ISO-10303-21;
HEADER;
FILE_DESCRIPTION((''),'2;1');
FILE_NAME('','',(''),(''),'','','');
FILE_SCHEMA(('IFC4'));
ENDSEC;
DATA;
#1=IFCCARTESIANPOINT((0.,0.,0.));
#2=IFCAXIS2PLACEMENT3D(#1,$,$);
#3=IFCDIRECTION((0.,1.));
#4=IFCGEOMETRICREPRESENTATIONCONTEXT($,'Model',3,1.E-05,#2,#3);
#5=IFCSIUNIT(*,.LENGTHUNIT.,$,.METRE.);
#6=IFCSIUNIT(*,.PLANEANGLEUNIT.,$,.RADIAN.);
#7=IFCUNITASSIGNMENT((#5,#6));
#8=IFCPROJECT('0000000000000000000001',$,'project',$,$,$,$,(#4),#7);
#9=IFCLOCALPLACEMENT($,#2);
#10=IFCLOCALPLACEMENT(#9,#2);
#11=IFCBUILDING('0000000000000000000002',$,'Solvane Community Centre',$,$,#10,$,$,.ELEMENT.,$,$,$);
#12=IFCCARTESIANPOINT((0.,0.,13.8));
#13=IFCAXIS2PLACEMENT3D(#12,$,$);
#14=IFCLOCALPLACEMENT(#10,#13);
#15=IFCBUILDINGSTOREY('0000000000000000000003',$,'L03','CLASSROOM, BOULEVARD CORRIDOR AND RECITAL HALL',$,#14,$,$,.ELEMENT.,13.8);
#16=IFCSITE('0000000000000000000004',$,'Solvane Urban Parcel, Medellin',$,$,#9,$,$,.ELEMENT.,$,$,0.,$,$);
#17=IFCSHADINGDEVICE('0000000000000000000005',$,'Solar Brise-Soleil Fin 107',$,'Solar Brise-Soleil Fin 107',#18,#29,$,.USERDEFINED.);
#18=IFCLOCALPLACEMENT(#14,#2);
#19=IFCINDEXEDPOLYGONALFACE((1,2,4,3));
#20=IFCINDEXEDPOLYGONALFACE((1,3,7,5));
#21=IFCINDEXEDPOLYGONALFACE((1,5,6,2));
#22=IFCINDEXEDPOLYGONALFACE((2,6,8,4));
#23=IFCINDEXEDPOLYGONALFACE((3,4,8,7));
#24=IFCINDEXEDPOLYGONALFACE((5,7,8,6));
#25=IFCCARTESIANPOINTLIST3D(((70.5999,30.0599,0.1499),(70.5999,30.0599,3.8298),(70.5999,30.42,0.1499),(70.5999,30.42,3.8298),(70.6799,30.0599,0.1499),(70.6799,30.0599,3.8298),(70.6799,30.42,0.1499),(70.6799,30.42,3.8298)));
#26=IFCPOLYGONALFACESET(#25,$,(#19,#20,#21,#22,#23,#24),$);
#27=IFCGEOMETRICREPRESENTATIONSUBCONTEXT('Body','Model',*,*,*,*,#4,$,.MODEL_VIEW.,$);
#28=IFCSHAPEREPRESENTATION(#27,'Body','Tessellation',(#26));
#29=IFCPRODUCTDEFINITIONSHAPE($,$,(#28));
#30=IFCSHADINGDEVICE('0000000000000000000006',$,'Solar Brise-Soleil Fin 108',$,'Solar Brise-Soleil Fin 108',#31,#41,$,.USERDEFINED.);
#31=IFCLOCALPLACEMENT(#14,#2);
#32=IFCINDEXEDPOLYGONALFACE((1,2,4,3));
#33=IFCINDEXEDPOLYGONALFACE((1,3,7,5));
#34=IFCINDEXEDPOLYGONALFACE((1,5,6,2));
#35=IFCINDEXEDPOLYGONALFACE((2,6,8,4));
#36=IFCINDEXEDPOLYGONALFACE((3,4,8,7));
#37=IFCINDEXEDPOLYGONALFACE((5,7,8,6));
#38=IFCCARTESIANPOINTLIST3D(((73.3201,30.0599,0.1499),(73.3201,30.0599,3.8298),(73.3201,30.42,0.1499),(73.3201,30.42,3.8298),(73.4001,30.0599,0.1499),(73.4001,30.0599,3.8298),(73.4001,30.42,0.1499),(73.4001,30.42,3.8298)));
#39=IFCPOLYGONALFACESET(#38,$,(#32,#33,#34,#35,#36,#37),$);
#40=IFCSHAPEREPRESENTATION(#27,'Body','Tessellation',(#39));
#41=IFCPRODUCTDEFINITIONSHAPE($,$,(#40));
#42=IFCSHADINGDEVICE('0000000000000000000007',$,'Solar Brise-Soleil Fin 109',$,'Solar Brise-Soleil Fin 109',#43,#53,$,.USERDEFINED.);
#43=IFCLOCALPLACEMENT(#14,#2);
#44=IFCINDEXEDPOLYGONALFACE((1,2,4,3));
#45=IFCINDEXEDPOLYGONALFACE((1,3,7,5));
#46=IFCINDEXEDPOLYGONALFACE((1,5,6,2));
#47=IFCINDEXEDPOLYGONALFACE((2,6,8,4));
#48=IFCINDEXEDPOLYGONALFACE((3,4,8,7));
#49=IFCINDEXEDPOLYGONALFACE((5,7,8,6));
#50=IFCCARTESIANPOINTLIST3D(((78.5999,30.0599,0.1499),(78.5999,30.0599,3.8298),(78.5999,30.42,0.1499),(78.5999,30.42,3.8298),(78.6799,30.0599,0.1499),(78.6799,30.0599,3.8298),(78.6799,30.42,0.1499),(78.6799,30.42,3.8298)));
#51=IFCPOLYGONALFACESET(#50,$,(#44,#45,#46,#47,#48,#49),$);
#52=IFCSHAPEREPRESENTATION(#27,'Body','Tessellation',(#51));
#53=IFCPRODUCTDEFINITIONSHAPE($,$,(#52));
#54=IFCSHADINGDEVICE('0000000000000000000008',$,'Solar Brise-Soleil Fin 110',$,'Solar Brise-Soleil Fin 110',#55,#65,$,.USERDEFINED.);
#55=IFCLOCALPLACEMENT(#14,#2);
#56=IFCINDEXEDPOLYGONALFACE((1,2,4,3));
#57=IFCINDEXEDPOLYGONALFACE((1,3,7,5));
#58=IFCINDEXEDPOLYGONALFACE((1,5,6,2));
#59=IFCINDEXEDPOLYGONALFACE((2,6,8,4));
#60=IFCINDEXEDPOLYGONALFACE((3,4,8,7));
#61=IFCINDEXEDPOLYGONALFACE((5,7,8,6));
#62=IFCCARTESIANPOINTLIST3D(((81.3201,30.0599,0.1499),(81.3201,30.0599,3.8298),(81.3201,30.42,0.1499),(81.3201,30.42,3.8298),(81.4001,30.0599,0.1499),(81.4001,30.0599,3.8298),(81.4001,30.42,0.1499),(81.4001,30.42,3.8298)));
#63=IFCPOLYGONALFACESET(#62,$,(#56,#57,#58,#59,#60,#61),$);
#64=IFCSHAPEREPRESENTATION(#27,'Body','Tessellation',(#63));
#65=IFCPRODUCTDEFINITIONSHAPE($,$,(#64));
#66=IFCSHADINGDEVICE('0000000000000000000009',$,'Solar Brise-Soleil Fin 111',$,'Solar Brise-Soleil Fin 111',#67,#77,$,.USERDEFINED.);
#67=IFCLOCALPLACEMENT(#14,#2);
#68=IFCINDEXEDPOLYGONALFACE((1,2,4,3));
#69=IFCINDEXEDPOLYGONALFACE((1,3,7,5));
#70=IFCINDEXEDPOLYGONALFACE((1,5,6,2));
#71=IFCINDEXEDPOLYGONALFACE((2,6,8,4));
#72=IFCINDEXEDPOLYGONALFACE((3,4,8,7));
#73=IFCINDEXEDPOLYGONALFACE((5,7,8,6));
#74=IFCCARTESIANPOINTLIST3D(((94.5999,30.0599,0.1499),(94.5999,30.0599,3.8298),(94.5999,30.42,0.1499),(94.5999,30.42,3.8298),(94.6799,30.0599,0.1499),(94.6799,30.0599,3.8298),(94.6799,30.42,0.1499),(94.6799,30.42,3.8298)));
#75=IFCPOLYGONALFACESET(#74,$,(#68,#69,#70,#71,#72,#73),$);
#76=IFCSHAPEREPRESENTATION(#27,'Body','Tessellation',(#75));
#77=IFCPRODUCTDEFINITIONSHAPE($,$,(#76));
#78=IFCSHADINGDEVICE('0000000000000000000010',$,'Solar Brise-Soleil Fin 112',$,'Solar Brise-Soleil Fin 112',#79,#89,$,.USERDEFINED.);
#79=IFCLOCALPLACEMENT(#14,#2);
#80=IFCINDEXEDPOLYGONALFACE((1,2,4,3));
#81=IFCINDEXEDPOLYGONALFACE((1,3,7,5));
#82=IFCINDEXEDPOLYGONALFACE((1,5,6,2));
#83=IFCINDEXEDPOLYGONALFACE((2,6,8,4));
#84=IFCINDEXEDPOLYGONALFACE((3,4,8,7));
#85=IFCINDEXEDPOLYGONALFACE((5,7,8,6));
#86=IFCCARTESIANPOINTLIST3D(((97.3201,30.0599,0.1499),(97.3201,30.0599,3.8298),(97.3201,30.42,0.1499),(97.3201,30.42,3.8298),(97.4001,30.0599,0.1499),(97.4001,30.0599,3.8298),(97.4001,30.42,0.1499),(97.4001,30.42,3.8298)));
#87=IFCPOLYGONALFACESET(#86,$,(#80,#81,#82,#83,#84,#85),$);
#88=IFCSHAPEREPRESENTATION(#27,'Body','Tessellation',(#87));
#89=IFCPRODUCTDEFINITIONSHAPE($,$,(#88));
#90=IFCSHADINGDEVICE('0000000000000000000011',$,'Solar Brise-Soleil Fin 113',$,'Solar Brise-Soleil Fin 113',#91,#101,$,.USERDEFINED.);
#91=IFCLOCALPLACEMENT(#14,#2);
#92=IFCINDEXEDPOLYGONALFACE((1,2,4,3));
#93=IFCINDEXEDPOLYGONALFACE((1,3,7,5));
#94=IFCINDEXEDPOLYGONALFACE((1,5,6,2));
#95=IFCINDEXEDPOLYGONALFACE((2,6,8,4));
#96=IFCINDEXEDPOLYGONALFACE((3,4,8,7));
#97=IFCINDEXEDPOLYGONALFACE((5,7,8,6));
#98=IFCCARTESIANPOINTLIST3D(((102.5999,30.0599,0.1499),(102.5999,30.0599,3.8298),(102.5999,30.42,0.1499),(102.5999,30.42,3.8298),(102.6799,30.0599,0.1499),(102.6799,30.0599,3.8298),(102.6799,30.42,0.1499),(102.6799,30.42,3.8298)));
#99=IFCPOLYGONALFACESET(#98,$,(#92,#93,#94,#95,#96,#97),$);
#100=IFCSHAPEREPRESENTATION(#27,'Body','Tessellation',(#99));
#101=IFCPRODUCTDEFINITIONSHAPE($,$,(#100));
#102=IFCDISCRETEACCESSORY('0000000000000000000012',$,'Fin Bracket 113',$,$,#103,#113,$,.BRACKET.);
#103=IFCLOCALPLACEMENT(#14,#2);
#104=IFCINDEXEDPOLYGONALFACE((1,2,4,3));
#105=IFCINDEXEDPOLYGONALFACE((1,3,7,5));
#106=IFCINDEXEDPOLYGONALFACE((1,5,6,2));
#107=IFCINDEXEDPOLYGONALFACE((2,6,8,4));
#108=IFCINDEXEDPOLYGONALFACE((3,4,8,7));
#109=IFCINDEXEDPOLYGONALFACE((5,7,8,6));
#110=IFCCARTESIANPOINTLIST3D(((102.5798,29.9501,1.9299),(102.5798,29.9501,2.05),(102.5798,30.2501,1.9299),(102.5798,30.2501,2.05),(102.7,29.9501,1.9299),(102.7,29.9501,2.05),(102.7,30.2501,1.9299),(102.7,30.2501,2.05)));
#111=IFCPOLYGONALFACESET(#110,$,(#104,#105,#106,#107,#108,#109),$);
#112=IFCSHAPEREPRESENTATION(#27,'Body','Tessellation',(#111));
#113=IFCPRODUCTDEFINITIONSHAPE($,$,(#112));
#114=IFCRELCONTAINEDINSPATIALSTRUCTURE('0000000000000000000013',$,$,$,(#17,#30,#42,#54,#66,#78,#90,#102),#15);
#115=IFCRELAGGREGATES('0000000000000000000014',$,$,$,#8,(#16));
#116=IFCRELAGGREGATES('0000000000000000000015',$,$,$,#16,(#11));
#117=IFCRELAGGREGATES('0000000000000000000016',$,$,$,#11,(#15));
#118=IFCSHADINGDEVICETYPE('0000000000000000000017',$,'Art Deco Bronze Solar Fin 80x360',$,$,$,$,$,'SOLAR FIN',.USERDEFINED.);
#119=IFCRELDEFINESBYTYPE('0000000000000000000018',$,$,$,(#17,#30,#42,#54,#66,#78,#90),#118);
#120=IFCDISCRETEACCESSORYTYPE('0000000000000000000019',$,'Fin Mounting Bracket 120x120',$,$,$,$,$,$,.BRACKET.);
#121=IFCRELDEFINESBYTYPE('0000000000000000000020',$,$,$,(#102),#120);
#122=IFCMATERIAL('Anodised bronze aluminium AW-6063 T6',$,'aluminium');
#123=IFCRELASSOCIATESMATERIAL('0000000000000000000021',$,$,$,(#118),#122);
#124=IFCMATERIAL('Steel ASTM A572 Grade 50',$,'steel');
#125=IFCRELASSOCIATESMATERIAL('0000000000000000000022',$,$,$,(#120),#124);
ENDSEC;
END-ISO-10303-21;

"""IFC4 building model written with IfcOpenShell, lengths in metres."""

from ifc_helpers import new_model, si_unit, direction, frame, origin, origin_2d, place, context, subcontext, project, spatial, rectangle, extrude, material, type_object, element, save


model = new_model("IFC4")

# Units and contexts
model_context = context("Model", 3, precision=1e-05, world=origin(), true_north=direction((0.0, 1.0)))
body_context = subcontext(model_context, "Body", "Model", "MODEL_VIEW")
ifc_project = project(units=[si_unit("LENGTHUNIT", "METRE"), si_unit("PLANEANGLEUNIT", "RADIAN")], contexts=[model_context])

# Site, building, storey
site_placement = place(None, origin())
site = spatial("IfcSite", under=ifc_project, at=site_placement, Name="Solvane Urban Parcel, Medellin", CompositionType="ELEMENT", RefElevation=0.0)
building_placement = place(site_placement, origin())
building = spatial("IfcBuilding", under=site, at=building_placement, Name="Solvane Community Centre", CompositionType="ELEMENT")
storey_placement = place(building_placement, frame((0.0, 0.0, 13.8)))
storey = spatial("IfcBuildingStorey", under=building, at=storey_placement, Name="L03", Description="CLASSROOM, BOULEVARD CORRIDOR AND RECITAL HALL", CompositionType="ELEMENT", Elevation=13.8)

# Shared definitions
ifc_material_1 = material(Name="Anodised bronze aluminium AW-6063 T6", Category="aluminium")

# Shading devices
shading_device_type = type_object("IfcShadingDeviceType", Name="Art Deco Bronze Solar Fin 80x360", ElementType="SOLAR FIN", PredefinedType="USERDEFINED", material=ifc_material_1)
shading_device_1_placement = place(storey_placement, frame((70.6399, 30.24, 0.1499), z_axis=(0.0, 0.0, 1.0), x_axis=(1.0, 0.0, 0.0)))
element("IfcShadingDevice", 1, at=shading_device_1_placement, inside=storey, type_object=shading_device_type, Name="Solar Brise-Soleil Fin 107", ObjectType="Solar Brise-Soleil Fin 107", PredefinedType="USERDEFINED", context=body_context, shape_type="SweptSolid", body=[
    extrude(rectangle(XDim=0.0801, YDim=0.3601, at=origin_2d()), origin(), (0.0, 0.0, 1.0), 3.6799),
])
shading_device_2_placement = place(storey_placement, frame((73.3601, 30.24, 0.1499), z_axis=(0.0, 0.0, 1.0), x_axis=(1.0, 0.0, 0.0)))
element("IfcShadingDevice", 2, at=shading_device_2_placement, inside=storey, type_object=shading_device_type, Name="Solar Brise-Soleil Fin 108", ObjectType="Solar Brise-Soleil Fin 108", PredefinedType="USERDEFINED", context=body_context, shape_type="SweptSolid", body=[
    extrude(rectangle(XDim=0.0801, YDim=0.3601, at=origin_2d()), origin(), (0.0, 0.0, 1.0), 3.6799),
])
shading_device_3_placement = place(storey_placement, frame((78.6399, 30.24, 0.1499), z_axis=(0.0, 0.0, 1.0), x_axis=(1.0, 0.0, 0.0)))
element("IfcShadingDevice", 3, at=shading_device_3_placement, inside=storey, type_object=shading_device_type, Name="Solar Brise-Soleil Fin 109", ObjectType="Solar Brise-Soleil Fin 109", PredefinedType="USERDEFINED", context=body_context, shape_type="SweptSolid", body=[
    extrude(rectangle(XDim=0.0801, YDim=0.3601, at=origin_2d()), origin(), (0.0, 0.0, 1.0), 3.6799),
])
shading_device_4_placement = place(storey_placement, frame((81.3601, 30.24, 0.1499), z_axis=(0.0, 0.0, 1.0), x_axis=(1.0, 0.0, 0.0)))
element("IfcShadingDevice", 4, at=shading_device_4_placement, inside=storey, type_object=shading_device_type, Name="Solar Brise-Soleil Fin 110", ObjectType="Solar Brise-Soleil Fin 110", PredefinedType="USERDEFINED", context=body_context, shape_type="SweptSolid", body=[
    extrude(rectangle(XDim=0.0801, YDim=0.3601, at=origin_2d()), origin(), (0.0, 0.0, 1.0), 3.6799),
])
shading_device_5_placement = place(storey_placement, frame((94.6399, 30.24, 0.1499), z_axis=(0.0, 0.0, 1.0), x_axis=(1.0, 0.0, 0.0)))
element("IfcShadingDevice", 5, at=shading_device_5_placement, inside=storey, type_object=shading_device_type, Name="Solar Brise-Soleil Fin 111", ObjectType="Solar Brise-Soleil Fin 111", PredefinedType="USERDEFINED", context=body_context, shape_type="SweptSolid", body=[
    extrude(rectangle(XDim=0.0801, YDim=0.3601, at=origin_2d()), origin(), (0.0, 0.0, 1.0), 3.6799),
])
shading_device_6_placement = place(storey_placement, frame((97.3601, 30.24, 0.1499), z_axis=(0.0, 0.0, 1.0), x_axis=(1.0, 0.0, 0.0)))
element("IfcShadingDevice", 6, at=shading_device_6_placement, inside=storey, type_object=shading_device_type, Name="Solar Brise-Soleil Fin 112", ObjectType="Solar Brise-Soleil Fin 112", PredefinedType="USERDEFINED", context=body_context, shape_type="SweptSolid", body=[
    extrude(rectangle(XDim=0.0801, YDim=0.3601, at=origin_2d()), origin(), (0.0, 0.0, 1.0), 3.6799),
])
shading_device_7_placement = place(storey_placement, frame((102.6399, 30.24, 0.1499), z_axis=(0.0, 0.0, 1.0), x_axis=(1.0, 0.0, 0.0)))
element("IfcShadingDevice", 7, at=shading_device_7_placement, inside=storey, type_object=shading_device_type, Name="Solar Brise-Soleil Fin 113", ObjectType="Solar Brise-Soleil Fin 113", PredefinedType="USERDEFINED", context=body_context, shape_type="SweptSolid", body=[
    extrude(rectangle(XDim=0.0801, YDim=0.3601, at=origin_2d()), origin(), (0.0, 0.0, 1.0), 3.6799),
])

# Discrete accessory
ifc_material_2 = material(Name="Steel ASTM A572 Grade 50", Category="steel")
discrete_accessory_type = type_object("IfcDiscreteAccessoryType", Name="Fin Mounting Bracket 120x120", PredefinedType="BRACKET", material=ifc_material_2)
discrete_accessory_placement = place(storey_placement, frame((102.6399, 30.1001, 1.9299), z_axis=(0.0, 0.0, 1.0), x_axis=(1.0, 0.0, 0.0)))
element("IfcDiscreteAccessory", 8, at=discrete_accessory_placement, inside=storey, type_object=discrete_accessory_type, Name="Fin Bracket 113", PredefinedType="BRACKET", context=body_context, shape_type="SweptSolid", body=[
    extrude(rectangle(XDim=0.1201, YDim=0.3, at=origin_2d()), origin(), (0.0, 0.0, 1.0), 0.1201),
])

save(model, "model.ifc")
